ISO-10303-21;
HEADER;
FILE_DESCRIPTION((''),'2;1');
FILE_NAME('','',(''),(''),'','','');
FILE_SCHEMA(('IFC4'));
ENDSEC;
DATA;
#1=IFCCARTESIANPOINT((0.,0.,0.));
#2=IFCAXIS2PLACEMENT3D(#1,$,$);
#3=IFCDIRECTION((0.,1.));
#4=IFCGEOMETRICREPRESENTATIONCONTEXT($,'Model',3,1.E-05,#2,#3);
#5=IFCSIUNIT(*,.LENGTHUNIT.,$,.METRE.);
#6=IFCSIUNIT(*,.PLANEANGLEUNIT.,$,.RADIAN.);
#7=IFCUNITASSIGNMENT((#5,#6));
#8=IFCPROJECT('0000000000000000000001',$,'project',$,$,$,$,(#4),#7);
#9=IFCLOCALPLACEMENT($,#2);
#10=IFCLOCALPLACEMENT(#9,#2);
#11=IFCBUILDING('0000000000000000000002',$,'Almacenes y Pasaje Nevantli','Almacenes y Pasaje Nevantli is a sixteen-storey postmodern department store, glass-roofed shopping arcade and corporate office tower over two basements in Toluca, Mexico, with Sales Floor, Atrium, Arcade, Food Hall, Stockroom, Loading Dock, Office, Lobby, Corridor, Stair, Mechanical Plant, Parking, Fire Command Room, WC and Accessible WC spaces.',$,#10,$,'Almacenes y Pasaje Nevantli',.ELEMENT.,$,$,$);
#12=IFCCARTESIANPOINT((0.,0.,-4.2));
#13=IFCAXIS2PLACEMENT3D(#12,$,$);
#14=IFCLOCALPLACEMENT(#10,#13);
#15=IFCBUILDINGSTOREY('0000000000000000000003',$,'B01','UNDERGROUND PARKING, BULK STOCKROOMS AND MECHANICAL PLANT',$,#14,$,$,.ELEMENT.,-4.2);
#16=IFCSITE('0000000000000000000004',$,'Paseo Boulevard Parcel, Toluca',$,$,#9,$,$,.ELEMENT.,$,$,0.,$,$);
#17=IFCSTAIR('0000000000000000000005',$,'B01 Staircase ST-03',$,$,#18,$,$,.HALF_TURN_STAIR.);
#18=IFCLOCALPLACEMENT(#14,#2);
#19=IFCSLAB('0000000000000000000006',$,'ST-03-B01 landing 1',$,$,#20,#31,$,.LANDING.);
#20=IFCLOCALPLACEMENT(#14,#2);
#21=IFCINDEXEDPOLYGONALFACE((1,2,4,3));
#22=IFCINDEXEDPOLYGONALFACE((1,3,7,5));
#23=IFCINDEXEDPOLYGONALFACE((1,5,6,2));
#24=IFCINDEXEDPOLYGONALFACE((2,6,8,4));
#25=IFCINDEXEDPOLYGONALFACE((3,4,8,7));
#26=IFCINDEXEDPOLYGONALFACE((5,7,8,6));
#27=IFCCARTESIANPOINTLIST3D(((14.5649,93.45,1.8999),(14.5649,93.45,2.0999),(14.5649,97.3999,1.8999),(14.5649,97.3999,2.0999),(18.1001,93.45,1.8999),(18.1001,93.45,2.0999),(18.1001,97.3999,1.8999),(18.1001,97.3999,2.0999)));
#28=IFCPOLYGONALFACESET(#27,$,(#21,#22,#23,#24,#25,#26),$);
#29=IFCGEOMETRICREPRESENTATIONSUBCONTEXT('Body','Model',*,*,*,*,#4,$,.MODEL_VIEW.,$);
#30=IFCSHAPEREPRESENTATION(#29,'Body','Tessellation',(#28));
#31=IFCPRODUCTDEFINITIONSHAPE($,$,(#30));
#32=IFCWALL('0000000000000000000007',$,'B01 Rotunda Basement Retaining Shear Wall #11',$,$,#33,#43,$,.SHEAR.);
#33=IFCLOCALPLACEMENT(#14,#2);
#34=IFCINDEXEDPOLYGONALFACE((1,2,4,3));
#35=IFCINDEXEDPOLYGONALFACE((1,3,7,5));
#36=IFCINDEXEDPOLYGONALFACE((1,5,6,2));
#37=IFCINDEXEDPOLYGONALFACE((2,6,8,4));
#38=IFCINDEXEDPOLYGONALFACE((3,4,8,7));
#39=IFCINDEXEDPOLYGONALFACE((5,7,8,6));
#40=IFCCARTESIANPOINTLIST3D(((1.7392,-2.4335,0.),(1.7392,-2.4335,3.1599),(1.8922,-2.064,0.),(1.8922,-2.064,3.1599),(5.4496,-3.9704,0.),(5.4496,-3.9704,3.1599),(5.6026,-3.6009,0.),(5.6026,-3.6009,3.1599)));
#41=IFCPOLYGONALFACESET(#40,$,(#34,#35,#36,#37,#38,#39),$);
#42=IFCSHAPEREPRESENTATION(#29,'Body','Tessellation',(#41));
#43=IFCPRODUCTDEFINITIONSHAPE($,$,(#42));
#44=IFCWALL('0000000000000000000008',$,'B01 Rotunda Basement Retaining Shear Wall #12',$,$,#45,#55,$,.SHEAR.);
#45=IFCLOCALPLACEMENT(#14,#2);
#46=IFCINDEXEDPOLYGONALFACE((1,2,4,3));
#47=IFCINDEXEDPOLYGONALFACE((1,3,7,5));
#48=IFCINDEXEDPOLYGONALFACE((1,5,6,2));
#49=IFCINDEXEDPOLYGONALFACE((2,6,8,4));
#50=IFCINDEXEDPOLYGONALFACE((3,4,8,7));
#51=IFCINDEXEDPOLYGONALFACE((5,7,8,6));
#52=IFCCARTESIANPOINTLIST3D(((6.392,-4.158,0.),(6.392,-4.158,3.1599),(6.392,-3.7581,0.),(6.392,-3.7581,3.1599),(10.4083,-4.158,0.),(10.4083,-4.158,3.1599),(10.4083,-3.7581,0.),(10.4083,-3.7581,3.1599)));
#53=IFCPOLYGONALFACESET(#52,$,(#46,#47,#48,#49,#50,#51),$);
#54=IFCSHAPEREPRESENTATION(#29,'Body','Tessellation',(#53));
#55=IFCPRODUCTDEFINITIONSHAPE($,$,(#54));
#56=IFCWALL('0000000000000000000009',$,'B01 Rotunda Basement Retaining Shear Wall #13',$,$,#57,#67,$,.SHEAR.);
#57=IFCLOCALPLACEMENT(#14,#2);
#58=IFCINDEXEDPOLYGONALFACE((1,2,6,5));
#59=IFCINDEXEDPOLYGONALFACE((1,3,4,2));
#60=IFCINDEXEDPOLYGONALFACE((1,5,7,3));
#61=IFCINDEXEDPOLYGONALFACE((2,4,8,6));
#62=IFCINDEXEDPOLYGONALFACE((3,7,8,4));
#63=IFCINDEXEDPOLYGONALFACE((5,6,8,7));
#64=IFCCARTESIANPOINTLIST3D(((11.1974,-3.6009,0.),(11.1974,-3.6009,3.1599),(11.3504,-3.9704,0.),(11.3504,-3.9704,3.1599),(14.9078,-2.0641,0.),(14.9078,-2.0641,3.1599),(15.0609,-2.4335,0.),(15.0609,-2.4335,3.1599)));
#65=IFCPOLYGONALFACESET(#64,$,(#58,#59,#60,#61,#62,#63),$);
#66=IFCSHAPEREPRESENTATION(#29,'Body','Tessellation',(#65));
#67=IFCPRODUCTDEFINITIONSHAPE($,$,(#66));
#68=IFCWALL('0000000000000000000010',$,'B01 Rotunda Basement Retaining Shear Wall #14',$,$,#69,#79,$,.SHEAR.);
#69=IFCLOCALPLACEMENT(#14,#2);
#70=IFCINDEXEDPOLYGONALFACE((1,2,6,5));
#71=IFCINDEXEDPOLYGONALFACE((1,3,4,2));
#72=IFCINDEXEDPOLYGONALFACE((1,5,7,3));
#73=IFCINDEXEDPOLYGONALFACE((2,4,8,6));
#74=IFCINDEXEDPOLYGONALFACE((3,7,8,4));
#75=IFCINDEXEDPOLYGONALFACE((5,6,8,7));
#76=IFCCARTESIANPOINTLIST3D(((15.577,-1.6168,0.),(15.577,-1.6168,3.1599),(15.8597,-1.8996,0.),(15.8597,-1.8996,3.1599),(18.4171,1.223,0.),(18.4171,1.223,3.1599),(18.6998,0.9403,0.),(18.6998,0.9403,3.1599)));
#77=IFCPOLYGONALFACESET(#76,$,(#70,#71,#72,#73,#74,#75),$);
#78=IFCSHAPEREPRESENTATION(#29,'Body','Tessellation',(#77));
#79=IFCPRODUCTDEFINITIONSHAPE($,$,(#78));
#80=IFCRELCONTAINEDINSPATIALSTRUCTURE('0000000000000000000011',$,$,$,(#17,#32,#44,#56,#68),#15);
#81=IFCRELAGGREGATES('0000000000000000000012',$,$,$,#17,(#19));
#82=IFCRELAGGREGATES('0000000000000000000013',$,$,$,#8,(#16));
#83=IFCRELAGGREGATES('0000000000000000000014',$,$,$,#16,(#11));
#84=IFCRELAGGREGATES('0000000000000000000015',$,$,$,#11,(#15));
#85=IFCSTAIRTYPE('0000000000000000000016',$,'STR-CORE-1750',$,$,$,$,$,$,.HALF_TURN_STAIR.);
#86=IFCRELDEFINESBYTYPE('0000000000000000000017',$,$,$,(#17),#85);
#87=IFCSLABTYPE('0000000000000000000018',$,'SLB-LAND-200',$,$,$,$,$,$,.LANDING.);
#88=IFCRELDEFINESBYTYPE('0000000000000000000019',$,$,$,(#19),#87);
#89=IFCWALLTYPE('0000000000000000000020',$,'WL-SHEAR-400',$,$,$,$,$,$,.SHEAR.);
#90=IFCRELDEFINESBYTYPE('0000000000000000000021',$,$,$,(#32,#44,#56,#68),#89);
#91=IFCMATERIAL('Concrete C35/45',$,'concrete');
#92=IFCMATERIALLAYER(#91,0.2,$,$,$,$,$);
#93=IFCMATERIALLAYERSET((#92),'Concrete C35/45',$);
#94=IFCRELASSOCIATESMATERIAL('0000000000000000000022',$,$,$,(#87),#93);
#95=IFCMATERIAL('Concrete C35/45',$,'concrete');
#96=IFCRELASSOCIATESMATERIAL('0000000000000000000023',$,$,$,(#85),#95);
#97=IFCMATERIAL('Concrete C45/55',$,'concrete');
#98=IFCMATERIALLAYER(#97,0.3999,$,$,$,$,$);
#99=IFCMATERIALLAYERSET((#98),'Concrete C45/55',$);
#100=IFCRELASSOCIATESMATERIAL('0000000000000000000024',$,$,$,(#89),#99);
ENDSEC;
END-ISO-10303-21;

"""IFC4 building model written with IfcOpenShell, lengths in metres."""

from ifc_helpers import new_model, si_unit, direction, frame, frame_2d, origin, place, context, subcontext, project, spatial, polyline, rectangle, outline, extrude, material, layer, layer_set, type_object, element, aggregate, save


model = new_model("IFC4")

# Units and contexts
model_context = context("Model", 3, precision=1e-05, world=origin(), true_north=direction((0.0, 1.0)))
body_context = subcontext(model_context, "Body", "Model", "MODEL_VIEW")
ifc_project = project(units=[si_unit("LENGTHUNIT", "METRE"), si_unit("PLANEANGLEUNIT", "RADIAN")], contexts=[model_context])

# Site, building, storey
site_placement = place(None, origin())
site = spatial("IfcSite", under=ifc_project, at=site_placement, Name="Paseo Boulevard Parcel, Toluca", CompositionType="ELEMENT", RefElevation=0.0)
building_placement = place(site_placement, origin())
building = spatial("IfcBuilding", under=site, at=building_placement, Name="Almacenes y Pasaje Nevantli", Description="Almacenes y Pasaje Nevantli is a sixteen-storey postmodern department store, glass-roofed shopping arcade and corporate office tower over two basements in Toluca, Mexico, with Sales Floor, Atrium, Arcade, Food Hall, Stockroom, Loading Dock, Office, Lobby, Corridor, Stair, Mechanical Plant, Parking, Fire Command Room, WC and Accessible WC spaces.", LongName="Almacenes y Pasaje Nevantli", CompositionType="ELEMENT")
storey_placement = place(building_placement, frame((0.0, 0.0, -4.2)))
storey = spatial("IfcBuildingStorey", under=building, at=storey_placement, Name="B01", Description="UNDERGROUND PARKING, BULK STOCKROOMS AND MECHANICAL PLANT", CompositionType="ELEMENT", Elevation=-4.2)

# Stair, slab
ifc_material_1 = material(Name="Concrete C35/45", Category="concrete")
ifc_layer_1 = layer(ifc_material_1, 0.2)
ifc_layer_set_1 = layer_set([ifc_layer_1], Name="Concrete C35/45")
slab_type_1 = type_object("IfcSlabType", Name="SLB-LAND-200", PredefinedType="LANDING", material=ifc_layer_set_1)
ifc_material_2 = material(Name="Concrete C35/45", Category="concrete")
stair_type_1 = type_object("IfcStairType", Name="STR-CORE-1750", PredefinedType="HALF_TURN_STAIR", material=ifc_material_2)
stair_1_placement = place(storey_placement, origin())
stair_1 = element("IfcStair", 1, at=stair_1_placement, inside=storey, type_object=stair_type_1, Name="B01 Staircase ST-03", PredefinedType="HALF_TURN_STAIR")
slab_1_placement = place(storey_placement, frame((0.0, 0.0, 1.8999)))
slab_1 = element("IfcSlab", 2, at=slab_1_placement, type_object=slab_type_1, Name="ST-03-B01 landing 1", PredefinedType="LANDING", context=body_context, shape_type="SweptSolid", body=[
    extrude(outline(polyline([(14.5649, 93.45), (18.1001, 93.45), (18.1001, 97.3999), (14.5649, 97.3999), (14.5649, 93.45)])), origin(), (0.0, 0.0, 1.0), 0.2),
])
aggregate(stair_1, [slab_1])

# Walls
ifc_material_3 = material(Name="Concrete C45/55", Category="concrete")
ifc_layer_2 = layer(ifc_material_3, 0.3999)
ifc_layer_set_2 = layer_set([ifc_layer_2], Name="Concrete C45/55")
wall_type = type_object("IfcWallType", Name="WL-SHEAR-400", PredefinedType="SHEAR", material=ifc_layer_set_2)
wall_1_placement = place(storey_placement, frame((1.8157, -2.2488, 0.0), z_axis=(0.0, 0.0, 1.0), x_axis=(0.923884, -0.382672, 0.0)))
element("IfcWall", 3, at=wall_1_placement, inside=storey, type_object=wall_type, Name="B01 Rotunda Basement Retaining Shear Wall #11", PredefinedType="SHEAR", context=body_context, shape_type="SweptSolid", body=[
    extrude(rectangle(XDim=4.0161, YDim=0.3999, at=frame_2d((2.0081, 0.0))), origin(), (0.0, 0.0, 1.0), 3.1599),
])
wall_2_placement = place(storey_placement, frame((6.3918, -3.958, 0.0), z_axis=(0.0, 0.0, 1.0), x_axis=(1.0, 0.0, 0.0)))
element("IfcWall", 4, at=wall_2_placement, inside=storey, type_object=wall_type, Name="B01 Rotunda Basement Retaining Shear Wall #12", PredefinedType="SHEAR", context=body_context, shape_type="SweptSolid", body=[
    extrude(rectangle(XDim=4.0164, YDim=0.3999, at=frame_2d((2.0083, 0.0))), origin(), (0.0, 0.0, 1.0), 3.1599),
])
wall_3_placement = place(storey_placement, frame((11.2739, -3.7856, 0.0), z_axis=(0.0, 0.0, 1.0), x_axis=(0.923884, 0.382672, 0.0)))
element("IfcWall", 5, at=wall_3_placement, inside=storey, type_object=wall_type, Name="B01 Rotunda Basement Retaining Shear Wall #13", PredefinedType="SHEAR", context=body_context, shape_type="SweptSolid", body=[
    extrude(rectangle(XDim=4.0161, YDim=0.3999, at=frame_2d((2.0081, 0.0))), origin(), (0.0, 0.0, 1.0), 3.1599),
])
wall_4_placement = place(storey_placement, frame((15.7183, -1.7583, 0.0), z_axis=(0.0, 0.0, 1.0), x_axis=(0.707137, 0.707076, 0.0)))
element("IfcWall", 6, at=wall_4_placement, inside=storey, type_object=wall_type, Name="B01 Rotunda Basement Retaining Shear Wall #14", PredefinedType="SHEAR", context=body_context, shape_type="SweptSolid", body=[
    extrude(rectangle(XDim=4.0164, YDim=0.3999, at=frame_2d((2.0083, 0.0))), origin(), (0.0, 0.0, 1.0), 3.1599),
])

save(model, "model.ifc")
